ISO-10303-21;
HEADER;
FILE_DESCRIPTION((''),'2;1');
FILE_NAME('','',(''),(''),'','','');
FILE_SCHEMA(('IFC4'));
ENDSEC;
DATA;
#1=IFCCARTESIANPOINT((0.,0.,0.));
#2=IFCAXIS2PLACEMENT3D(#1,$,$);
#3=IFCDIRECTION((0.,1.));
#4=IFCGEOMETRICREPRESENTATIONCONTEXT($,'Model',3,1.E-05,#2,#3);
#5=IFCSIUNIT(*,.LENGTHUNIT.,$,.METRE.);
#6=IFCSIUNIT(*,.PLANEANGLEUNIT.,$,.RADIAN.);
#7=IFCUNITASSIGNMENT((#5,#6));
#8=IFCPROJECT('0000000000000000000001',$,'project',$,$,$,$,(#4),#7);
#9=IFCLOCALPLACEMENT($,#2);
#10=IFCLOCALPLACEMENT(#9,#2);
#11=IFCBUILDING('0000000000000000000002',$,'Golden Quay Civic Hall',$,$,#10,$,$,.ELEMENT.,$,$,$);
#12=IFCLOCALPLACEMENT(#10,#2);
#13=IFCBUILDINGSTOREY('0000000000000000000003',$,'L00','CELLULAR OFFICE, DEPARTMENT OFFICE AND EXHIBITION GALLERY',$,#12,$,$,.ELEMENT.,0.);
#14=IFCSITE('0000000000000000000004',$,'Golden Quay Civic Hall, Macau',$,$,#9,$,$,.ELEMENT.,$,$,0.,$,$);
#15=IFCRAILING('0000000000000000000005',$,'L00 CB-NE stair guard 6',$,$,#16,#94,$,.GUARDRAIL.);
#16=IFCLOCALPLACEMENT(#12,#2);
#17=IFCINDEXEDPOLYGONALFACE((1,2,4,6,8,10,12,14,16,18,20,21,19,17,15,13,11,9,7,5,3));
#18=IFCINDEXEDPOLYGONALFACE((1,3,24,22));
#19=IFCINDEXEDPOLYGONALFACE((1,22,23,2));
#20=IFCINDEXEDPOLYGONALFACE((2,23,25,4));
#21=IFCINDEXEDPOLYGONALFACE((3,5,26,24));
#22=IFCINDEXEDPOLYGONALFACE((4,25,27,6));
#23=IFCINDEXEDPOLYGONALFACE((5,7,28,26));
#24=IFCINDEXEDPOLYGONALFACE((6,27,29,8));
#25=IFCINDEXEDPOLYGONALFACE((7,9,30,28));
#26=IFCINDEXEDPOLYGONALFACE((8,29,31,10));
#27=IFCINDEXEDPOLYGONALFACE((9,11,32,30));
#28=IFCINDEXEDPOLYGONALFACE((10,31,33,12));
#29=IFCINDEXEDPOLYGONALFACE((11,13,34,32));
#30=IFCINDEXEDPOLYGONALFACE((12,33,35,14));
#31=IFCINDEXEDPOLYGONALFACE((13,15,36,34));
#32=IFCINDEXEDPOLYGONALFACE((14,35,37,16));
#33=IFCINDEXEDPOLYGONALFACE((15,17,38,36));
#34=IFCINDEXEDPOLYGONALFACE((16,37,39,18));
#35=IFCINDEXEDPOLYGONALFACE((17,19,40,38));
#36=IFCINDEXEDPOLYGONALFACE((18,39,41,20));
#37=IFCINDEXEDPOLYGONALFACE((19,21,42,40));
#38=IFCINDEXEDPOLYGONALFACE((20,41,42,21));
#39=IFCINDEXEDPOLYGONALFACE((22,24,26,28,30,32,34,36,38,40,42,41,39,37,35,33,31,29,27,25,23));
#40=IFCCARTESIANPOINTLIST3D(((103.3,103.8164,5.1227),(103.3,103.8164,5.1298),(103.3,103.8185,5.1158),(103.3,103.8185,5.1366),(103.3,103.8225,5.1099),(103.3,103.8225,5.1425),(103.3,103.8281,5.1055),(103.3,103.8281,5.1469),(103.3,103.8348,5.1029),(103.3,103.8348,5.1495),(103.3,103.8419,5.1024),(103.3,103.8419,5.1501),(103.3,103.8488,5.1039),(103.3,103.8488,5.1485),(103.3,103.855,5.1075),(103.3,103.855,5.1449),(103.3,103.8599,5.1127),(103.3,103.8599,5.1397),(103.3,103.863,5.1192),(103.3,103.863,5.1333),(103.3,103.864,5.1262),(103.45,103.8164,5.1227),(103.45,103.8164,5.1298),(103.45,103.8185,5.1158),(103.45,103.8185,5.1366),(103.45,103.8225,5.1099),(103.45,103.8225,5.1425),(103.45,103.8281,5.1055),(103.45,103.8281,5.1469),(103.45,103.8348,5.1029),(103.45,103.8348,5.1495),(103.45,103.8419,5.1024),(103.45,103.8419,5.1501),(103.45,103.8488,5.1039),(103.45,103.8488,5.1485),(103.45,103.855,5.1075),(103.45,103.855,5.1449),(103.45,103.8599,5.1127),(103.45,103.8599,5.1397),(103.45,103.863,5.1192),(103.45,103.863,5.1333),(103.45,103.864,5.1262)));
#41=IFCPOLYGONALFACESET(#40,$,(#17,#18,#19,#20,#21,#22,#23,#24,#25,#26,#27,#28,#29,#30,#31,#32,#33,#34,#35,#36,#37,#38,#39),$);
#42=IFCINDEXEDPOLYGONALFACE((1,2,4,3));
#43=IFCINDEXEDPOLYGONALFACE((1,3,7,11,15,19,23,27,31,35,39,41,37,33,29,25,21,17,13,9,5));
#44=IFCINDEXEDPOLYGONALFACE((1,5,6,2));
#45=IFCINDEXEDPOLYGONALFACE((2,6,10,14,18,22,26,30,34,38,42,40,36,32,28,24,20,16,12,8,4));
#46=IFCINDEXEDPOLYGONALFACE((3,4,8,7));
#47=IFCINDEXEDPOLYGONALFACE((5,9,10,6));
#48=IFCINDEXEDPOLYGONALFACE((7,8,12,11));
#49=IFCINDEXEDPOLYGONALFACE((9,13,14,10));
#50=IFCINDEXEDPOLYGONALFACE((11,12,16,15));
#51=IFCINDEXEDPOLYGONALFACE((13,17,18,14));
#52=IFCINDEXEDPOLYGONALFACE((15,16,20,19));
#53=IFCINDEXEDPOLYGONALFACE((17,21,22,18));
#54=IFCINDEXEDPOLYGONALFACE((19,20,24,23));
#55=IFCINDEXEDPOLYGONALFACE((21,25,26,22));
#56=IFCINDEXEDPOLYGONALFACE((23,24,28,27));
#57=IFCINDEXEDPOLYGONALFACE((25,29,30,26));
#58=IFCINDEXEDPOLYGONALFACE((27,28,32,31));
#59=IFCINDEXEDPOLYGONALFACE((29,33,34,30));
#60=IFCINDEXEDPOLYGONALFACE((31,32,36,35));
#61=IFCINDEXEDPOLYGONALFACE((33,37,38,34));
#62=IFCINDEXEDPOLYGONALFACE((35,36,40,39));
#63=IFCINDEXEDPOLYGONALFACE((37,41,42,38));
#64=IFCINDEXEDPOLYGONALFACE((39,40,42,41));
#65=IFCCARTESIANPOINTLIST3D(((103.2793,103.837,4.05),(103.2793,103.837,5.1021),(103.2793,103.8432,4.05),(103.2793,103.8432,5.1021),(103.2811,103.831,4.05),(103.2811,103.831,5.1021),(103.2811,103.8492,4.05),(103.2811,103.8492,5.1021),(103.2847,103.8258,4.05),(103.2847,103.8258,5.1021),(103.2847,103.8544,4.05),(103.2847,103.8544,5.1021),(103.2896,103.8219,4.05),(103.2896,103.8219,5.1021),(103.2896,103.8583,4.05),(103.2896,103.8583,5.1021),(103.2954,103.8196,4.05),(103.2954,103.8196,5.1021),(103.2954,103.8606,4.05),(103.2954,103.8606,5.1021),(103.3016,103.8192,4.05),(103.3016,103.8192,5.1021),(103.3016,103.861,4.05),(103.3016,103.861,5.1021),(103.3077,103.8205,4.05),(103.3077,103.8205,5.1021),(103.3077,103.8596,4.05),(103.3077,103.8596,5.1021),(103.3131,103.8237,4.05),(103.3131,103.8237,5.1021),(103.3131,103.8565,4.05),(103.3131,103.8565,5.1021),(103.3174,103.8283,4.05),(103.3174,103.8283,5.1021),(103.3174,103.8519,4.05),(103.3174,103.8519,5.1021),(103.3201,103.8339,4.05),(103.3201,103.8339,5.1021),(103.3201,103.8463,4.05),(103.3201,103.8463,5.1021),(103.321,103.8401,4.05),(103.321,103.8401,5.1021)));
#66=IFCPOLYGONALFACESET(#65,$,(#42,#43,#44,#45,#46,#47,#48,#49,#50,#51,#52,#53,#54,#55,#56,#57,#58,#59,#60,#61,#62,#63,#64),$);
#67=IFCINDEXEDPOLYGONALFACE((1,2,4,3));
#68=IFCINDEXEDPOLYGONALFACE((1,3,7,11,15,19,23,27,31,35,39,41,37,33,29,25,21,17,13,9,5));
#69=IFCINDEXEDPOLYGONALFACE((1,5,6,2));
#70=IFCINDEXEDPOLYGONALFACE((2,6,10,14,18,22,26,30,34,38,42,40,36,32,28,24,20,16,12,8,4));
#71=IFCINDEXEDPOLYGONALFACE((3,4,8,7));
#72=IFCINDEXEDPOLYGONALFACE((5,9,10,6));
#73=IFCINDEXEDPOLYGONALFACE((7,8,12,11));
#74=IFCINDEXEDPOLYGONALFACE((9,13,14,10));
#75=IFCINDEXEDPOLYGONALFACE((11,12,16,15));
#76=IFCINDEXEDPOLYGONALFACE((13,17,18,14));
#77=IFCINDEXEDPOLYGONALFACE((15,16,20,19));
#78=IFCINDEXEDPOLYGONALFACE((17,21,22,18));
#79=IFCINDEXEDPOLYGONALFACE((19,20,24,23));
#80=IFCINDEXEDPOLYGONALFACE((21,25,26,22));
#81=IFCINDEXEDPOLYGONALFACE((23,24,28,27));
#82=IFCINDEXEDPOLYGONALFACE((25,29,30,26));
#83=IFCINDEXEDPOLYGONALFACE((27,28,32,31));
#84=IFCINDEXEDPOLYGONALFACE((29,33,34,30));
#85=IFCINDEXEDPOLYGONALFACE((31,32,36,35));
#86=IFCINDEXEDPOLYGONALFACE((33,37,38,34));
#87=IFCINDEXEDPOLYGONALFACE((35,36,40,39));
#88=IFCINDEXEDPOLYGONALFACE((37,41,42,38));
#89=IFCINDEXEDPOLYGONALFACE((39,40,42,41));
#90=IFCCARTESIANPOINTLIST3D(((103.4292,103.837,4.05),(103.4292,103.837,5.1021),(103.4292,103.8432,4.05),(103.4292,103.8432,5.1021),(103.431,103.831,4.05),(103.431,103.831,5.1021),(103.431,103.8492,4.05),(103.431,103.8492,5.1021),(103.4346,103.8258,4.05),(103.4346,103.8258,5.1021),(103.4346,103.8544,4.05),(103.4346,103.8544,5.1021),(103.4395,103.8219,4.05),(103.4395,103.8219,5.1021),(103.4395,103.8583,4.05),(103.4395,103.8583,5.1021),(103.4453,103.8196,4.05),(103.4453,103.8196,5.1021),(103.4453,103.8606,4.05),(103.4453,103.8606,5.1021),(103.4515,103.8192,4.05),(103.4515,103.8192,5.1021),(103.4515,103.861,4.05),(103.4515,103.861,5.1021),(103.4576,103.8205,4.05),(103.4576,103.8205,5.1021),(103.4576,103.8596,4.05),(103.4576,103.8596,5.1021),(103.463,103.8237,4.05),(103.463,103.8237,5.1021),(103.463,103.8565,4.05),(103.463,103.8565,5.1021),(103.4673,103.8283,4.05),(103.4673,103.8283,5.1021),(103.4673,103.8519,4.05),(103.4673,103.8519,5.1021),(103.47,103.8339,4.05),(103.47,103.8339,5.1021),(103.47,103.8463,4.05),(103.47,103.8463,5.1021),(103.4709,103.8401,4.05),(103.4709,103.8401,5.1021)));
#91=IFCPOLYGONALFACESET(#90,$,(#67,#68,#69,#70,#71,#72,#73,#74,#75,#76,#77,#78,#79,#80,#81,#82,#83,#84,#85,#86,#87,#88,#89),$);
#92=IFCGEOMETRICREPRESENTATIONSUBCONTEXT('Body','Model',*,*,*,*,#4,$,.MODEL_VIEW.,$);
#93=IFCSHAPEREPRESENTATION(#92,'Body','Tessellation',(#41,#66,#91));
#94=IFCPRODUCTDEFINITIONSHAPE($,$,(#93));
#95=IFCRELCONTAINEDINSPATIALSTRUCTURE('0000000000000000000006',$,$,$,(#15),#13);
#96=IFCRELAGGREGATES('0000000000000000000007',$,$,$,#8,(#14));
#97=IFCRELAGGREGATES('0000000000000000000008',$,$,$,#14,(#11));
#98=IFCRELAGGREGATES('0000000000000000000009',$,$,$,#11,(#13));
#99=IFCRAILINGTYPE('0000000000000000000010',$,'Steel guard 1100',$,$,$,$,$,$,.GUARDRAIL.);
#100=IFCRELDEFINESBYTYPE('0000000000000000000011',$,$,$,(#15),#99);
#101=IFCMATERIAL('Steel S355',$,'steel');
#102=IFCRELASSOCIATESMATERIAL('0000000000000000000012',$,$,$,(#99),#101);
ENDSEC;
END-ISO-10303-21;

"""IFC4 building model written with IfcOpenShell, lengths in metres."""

from ifc_helpers import new_model, si_unit, direction, frame, origin, origin_2d, place, context, subcontext, project, spatial, circle, extrude, material, type_object, element, save


model = new_model("IFC4")

# Units and contexts
model_context = context("Model", 3, precision=1e-05, world=origin(), true_north=direction((0.0, 1.0)))
body_context = subcontext(model_context, "Body", "Model", "MODEL_VIEW")
ifc_project = project(units=[si_unit("LENGTHUNIT", "METRE"), si_unit("PLANEANGLEUNIT", "RADIAN")], contexts=[model_context])

# Site, building, storey
site_placement = place(None, origin())
site = spatial("IfcSite", under=ifc_project, at=site_placement, Name="Golden Quay Civic Hall, Macau", CompositionType="ELEMENT", RefElevation=0.0)
building_placement = place(site_placement, origin())
building = spatial("IfcBuilding", under=site, at=building_placement, Name="Golden Quay Civic Hall", CompositionType="ELEMENT")
storey_placement = place(building_placement, origin())
storey = spatial("IfcBuildingStorey", under=building, at=storey_placement, Name="L00", Description="CELLULAR OFFICE, DEPARTMENT OFFICE AND EXHIBITION GALLERY", CompositionType="ELEMENT", Elevation=0.0)

# Railing
ifc_material_1 = material(Name="Steel S355", Category="steel")
railing_type = type_object("IfcRailingType", Name="Steel guard 1100", PredefinedType="GUARDRAIL", material=ifc_material_1)
railing_1_placement = place(storey_placement, frame((103.3, 103.8401, 4.05)))
element("IfcRailing", 1, at=railing_1_placement, inside=storey, type_object=railing_type, Name="L00 CB-NE stair guard 6", PredefinedType="GUARDRAIL", context=body_context, shape_type="SweptSolid", body=[
    extrude(circle(Radius=0.0239, at=origin_2d()), frame((0.0, 0.0, 1.0762), z_axis=(1.0, 0.0, 0.0), x_axis=(0.0, 1.0, 0.0)), (0.0, 0.0, 1.0), 0.1499),
    extrude(circle(Radius=0.021, at=origin_2d()), origin(), (0.0, 0.0, 1.0), 1.052),
    extrude(circle(Radius=0.021, at=origin_2d()), frame((0.1499, 0.0, 0.0)), (0.0, 0.0, 1.0), 1.052),
])

save(model, "model.ifc")
